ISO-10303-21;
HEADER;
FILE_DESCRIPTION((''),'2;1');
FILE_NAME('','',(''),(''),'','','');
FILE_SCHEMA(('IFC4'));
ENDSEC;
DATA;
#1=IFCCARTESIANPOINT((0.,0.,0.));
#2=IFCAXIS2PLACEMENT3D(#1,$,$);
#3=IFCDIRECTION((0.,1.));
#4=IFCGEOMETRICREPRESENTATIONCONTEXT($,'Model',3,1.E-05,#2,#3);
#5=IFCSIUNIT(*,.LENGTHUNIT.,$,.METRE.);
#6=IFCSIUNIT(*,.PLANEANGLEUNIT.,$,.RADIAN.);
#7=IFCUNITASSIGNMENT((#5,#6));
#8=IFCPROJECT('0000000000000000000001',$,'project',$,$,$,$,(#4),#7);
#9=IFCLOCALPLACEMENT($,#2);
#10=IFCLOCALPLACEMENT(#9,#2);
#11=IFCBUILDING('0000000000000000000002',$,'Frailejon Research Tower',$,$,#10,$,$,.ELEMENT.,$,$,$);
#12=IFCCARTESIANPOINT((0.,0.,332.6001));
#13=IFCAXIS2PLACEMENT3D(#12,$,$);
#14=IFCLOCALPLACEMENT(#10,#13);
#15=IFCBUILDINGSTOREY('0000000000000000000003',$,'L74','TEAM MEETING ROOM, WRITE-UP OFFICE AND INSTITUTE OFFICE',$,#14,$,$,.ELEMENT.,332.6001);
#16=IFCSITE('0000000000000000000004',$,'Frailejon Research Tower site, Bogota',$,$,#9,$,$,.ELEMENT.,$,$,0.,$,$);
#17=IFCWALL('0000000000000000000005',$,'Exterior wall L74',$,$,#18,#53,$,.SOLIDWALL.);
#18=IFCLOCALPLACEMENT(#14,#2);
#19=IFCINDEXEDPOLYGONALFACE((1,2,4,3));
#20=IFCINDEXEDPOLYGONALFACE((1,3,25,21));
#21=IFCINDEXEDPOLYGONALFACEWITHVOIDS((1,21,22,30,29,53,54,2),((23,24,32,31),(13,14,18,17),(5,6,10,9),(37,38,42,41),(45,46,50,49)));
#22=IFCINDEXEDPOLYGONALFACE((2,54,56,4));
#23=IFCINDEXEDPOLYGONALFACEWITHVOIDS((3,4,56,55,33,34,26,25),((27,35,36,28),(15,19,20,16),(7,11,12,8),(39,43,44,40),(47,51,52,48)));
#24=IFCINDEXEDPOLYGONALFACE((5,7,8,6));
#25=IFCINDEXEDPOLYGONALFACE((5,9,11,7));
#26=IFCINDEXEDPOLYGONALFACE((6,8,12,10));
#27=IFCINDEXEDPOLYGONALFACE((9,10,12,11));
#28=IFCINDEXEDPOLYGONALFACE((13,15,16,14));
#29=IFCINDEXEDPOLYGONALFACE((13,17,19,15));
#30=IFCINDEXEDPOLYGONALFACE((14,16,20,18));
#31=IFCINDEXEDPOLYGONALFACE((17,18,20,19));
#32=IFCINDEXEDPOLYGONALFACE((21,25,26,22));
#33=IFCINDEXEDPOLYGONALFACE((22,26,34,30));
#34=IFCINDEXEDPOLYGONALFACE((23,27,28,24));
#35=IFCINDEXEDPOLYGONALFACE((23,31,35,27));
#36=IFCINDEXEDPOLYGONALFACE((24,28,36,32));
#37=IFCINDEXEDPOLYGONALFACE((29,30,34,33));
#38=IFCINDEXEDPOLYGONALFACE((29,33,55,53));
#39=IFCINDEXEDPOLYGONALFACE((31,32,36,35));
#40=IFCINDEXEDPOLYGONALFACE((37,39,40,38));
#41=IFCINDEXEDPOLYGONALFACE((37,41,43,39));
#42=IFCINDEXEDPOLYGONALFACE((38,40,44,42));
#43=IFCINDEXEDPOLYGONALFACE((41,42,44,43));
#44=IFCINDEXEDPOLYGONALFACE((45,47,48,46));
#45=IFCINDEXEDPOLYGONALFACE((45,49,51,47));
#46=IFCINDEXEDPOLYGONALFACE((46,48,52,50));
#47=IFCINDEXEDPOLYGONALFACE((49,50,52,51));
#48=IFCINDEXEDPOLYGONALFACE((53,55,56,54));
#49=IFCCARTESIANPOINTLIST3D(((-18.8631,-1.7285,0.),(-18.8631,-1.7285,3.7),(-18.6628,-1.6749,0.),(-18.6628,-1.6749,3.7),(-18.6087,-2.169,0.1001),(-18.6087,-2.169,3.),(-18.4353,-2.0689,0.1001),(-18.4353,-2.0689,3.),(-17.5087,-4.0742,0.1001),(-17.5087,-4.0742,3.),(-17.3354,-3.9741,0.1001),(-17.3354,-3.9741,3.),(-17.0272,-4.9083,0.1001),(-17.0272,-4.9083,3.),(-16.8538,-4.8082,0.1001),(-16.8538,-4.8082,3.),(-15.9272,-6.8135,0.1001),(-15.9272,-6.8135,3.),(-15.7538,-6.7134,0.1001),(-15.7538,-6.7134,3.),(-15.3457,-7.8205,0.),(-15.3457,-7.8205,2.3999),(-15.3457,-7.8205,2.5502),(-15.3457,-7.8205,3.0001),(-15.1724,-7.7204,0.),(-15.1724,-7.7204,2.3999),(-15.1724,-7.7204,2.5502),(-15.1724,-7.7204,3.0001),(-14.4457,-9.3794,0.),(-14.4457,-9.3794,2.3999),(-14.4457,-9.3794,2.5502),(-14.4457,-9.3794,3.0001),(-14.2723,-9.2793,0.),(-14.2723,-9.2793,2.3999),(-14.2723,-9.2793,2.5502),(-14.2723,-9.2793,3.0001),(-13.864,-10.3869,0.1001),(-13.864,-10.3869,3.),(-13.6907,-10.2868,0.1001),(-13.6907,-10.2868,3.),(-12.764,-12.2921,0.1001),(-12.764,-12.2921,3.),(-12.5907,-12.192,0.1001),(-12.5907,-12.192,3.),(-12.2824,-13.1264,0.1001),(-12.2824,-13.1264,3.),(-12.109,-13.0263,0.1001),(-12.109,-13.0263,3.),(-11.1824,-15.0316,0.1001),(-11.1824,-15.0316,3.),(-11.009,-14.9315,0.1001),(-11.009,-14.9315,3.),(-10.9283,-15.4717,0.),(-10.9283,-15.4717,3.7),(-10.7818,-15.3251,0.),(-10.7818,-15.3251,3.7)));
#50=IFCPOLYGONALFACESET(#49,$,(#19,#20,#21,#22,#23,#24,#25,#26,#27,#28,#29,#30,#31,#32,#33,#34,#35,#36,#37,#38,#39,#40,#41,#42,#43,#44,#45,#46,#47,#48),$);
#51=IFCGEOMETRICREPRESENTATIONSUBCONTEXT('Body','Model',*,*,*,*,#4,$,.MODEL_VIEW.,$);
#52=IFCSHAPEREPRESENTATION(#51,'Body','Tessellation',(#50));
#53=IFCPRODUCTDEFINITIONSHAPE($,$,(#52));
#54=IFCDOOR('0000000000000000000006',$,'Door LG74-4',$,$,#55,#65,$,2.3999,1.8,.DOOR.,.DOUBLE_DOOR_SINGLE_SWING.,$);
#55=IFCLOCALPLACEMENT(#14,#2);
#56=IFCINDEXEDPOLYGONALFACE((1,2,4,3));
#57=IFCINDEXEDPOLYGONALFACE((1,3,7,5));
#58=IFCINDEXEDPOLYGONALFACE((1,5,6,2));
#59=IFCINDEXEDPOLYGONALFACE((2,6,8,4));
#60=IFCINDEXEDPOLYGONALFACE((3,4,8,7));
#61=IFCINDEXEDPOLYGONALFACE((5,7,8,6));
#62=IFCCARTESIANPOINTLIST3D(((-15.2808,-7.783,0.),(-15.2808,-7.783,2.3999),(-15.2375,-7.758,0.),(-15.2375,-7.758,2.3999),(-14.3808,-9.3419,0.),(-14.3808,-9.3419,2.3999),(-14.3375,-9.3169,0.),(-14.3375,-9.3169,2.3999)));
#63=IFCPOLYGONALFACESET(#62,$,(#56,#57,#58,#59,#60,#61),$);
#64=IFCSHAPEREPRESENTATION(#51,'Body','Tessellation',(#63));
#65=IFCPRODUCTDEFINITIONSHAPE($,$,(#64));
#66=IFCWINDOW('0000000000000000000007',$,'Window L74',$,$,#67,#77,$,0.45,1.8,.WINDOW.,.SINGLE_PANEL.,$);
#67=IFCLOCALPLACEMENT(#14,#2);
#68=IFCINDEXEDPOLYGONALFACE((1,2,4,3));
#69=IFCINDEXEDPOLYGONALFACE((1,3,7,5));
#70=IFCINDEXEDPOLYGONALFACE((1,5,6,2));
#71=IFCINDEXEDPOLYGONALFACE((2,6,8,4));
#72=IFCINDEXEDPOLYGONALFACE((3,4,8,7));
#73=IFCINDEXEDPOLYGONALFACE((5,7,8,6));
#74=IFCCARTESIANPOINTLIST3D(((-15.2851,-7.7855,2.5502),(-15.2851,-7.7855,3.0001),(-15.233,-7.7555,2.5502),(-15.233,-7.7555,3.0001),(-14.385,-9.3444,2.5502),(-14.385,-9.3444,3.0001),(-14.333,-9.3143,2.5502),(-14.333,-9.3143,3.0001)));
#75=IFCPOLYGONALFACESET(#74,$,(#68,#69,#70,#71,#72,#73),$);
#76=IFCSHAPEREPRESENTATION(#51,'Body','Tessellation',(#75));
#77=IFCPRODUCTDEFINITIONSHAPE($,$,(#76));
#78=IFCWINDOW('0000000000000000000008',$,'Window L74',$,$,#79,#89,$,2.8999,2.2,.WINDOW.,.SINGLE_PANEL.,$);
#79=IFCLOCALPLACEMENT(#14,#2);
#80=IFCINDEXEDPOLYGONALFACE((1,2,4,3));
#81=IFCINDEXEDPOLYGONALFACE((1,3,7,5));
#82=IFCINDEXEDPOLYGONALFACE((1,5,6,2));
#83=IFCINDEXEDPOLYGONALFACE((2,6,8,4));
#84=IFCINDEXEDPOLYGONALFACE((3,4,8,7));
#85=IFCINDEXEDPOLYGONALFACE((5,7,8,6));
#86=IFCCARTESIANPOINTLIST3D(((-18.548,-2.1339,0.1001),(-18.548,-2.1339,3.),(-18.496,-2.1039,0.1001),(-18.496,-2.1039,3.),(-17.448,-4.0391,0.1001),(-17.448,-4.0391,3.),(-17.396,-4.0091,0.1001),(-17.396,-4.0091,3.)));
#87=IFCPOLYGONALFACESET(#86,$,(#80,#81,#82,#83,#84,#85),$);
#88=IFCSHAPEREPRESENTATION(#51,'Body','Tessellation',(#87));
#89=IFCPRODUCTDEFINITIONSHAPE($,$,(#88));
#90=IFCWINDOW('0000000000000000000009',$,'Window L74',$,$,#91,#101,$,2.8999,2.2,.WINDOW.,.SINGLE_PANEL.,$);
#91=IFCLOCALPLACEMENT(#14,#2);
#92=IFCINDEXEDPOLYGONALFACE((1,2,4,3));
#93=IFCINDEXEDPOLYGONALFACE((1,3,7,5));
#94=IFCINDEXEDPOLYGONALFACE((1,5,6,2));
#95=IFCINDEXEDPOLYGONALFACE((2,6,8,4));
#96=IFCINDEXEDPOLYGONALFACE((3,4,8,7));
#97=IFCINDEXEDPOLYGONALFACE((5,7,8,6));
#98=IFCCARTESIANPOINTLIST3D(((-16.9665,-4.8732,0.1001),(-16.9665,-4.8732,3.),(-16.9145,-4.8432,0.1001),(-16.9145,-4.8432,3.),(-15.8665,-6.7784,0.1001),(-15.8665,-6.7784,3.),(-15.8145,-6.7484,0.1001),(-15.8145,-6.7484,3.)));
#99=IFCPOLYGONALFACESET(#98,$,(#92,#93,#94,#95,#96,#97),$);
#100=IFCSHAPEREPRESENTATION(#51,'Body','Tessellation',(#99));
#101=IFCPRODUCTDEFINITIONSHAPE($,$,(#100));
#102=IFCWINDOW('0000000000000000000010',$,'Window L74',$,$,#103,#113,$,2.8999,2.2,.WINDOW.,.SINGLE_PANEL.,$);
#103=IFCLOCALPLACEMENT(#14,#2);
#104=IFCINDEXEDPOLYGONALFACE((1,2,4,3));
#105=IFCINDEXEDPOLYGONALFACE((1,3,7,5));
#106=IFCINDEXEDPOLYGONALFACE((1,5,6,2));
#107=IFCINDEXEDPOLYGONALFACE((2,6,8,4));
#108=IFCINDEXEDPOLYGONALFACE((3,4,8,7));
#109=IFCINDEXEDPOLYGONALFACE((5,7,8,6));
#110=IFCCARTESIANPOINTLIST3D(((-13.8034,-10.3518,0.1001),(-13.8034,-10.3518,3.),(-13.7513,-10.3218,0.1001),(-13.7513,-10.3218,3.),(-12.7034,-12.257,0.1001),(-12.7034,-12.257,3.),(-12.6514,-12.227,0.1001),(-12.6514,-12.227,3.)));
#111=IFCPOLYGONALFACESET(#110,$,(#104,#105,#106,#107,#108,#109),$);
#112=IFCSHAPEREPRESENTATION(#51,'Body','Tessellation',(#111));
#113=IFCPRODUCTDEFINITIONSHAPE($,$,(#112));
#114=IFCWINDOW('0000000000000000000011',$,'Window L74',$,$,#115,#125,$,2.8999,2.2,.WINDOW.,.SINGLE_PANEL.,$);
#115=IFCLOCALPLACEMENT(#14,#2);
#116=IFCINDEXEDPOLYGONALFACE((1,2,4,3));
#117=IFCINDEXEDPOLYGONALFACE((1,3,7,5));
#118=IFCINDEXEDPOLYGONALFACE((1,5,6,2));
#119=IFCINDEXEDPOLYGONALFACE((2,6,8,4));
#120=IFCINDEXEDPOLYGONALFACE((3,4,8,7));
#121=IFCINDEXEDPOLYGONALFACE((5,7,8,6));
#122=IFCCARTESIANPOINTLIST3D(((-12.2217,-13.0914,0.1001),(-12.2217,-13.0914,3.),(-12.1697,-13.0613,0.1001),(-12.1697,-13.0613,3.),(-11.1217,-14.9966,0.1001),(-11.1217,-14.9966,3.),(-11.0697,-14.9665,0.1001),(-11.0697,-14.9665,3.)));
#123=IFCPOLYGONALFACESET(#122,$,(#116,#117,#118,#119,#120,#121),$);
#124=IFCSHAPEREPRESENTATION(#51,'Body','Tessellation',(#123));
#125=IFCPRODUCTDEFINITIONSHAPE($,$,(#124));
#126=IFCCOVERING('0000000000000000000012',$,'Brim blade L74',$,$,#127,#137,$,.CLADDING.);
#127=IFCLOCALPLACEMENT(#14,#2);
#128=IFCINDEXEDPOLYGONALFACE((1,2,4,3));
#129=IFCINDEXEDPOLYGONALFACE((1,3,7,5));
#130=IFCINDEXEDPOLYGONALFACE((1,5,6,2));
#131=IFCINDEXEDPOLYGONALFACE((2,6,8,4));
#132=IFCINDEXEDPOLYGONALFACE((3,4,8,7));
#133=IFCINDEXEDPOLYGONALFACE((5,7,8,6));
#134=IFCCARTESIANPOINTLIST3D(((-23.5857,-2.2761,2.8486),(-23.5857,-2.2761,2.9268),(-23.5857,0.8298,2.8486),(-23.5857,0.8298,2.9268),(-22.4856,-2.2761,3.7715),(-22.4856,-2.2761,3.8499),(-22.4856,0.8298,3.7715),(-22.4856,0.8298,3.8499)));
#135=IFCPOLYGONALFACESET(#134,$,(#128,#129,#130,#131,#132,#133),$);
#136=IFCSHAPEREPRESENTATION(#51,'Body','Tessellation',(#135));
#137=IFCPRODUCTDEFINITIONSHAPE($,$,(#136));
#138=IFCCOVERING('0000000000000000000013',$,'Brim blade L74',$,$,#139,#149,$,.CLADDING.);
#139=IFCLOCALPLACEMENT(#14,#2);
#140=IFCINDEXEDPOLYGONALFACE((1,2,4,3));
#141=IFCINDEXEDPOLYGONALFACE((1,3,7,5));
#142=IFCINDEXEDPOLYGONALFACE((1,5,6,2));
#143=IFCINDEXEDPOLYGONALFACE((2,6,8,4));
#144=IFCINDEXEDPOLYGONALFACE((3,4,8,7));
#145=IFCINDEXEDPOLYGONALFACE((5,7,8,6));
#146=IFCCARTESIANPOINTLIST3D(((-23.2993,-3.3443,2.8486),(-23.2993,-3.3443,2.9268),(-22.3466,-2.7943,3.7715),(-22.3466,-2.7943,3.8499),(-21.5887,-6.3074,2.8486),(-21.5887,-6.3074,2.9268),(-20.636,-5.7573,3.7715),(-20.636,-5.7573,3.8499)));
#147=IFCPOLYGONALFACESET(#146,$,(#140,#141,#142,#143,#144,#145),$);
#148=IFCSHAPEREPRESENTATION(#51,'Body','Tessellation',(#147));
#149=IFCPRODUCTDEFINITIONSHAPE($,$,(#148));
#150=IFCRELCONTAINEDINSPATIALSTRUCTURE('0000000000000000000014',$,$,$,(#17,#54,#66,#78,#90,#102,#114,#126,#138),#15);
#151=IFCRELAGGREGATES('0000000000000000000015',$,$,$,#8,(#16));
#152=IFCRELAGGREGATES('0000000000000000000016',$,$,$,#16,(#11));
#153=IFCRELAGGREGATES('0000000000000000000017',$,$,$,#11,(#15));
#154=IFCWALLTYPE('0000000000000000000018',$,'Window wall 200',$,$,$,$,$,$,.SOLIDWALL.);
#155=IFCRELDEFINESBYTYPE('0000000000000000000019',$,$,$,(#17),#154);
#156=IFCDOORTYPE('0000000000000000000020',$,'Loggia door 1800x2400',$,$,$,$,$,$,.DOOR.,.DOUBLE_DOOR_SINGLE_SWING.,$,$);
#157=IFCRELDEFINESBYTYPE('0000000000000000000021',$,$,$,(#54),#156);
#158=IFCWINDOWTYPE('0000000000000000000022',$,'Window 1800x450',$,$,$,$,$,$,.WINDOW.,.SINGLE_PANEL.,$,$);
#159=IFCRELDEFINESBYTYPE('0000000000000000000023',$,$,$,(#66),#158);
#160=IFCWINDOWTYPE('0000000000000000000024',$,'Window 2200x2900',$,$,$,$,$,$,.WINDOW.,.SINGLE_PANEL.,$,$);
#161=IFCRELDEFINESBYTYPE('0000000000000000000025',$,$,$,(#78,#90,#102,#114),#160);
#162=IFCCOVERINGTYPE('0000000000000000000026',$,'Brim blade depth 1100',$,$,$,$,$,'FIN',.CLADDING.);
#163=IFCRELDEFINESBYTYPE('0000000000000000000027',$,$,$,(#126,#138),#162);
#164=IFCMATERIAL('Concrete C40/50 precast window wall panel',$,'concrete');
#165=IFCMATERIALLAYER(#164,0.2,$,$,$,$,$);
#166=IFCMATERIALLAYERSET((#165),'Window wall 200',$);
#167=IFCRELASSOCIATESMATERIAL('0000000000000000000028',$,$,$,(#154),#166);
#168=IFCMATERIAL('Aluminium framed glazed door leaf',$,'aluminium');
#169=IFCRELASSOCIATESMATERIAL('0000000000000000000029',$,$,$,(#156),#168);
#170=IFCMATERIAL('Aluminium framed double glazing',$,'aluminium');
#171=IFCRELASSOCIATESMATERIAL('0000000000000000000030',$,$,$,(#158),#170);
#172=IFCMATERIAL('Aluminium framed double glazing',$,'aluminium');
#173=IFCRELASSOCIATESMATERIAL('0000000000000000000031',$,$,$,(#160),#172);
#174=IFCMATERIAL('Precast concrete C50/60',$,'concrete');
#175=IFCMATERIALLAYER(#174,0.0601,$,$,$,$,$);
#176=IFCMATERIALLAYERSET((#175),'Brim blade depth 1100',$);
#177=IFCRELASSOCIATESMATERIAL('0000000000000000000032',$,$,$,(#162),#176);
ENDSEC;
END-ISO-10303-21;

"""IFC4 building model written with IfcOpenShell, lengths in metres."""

from ifc_helpers import new_model, si_unit, direction, frame, frame_2d, origin, place, context, subcontext, project, spatial, polyline, rectangle, outline, extrude, material, layer, layer_set, type_object, element, fill, save


model = new_model("IFC4")

# Units and contexts
model_context = context("Model", 3, precision=1e-05, world=origin(), true_north=direction((0.0, 1.0)))
body_context = subcontext(model_context, "Body", "Model", "MODEL_VIEW")
ifc_project = project(units=[si_unit("LENGTHUNIT", "METRE"), si_unit("PLANEANGLEUNIT", "RADIAN")], contexts=[model_context])

# Site, building, storey
site_placement = place(None, origin())
site = spatial("IfcSite", under=ifc_project, at=site_placement, Name="Frailejon Research Tower site, Bogota", CompositionType="ELEMENT", RefElevation=0.0)
building_placement = place(site_placement, origin())
building = spatial("IfcBuilding", under=site, at=building_placement, Name="Frailejon Research Tower", CompositionType="ELEMENT")
storey_placement = place(building_placement, frame((0.0, 0.0, 332.6001)))
storey = spatial("IfcBuildingStorey", under=building, at=storey_placement, Name="L74", Description="TEAM MEETING ROOM, WRITE-UP OFFICE AND INSTITUTE OFFICE", CompositionType="ELEMENT", Elevation=332.6001)

# Wall, openings, door, windows
ifc_material_1 = material(Name="Concrete C40/50 precast window wall panel", Category="concrete")
ifc_layer_1 = layer(ifc_material_1, 0.2)
ifc_layer_set_1 = layer_set([ifc_layer_1], Name="Window wall 200")
wall_type_1 = type_object("IfcWallType", Name="Window wall 200", PredefinedType="SOLIDWALL", material=ifc_layer_set_1)
wall_1_placement = place(storey_placement, frame((-18.7629, -1.7017, 0.0), z_axis=(0.0, 0.0, 1.0), x_axis=(0.500006, -0.866022, 0.0)))
wall_1 = element("IfcWall", 1, at=wall_1_placement, inside=storey, type_object=wall_type_1, Name="Exterior wall L74", PredefinedType="SOLIDWALL", context=body_context, shape_type="SweptSolid", body=[
    extrude(outline(polyline([(-0.0269, -0.1001), (1.031, -0.1001), (2.0891, -0.1001), (3.147, -0.1001), (4.2051, -0.1001), (5.2629, -0.1001), (6.3208, -0.1001), (7.3789, -0.1001), (8.4368, -0.1001), (9.4949, -0.1001), (10.5527, -0.1001), (11.6106, -0.1001), (12.6687, -0.1001), (13.7266, -0.1001), (14.7847, -0.1001), (15.8425, -0.1001), (15.7888, 0.1001), (14.738, 0.1001), (13.6873, 0.1001), (12.6365, 0.1001), (11.5857, 0.1001), (10.5349, 0.1001), (9.4841, 0.1001), (8.4333, 0.1001), (7.3823, 0.1001), (6.3315, 0.1001), (5.2808, 0.1001), (4.23, 0.1001), (3.1792, 0.1001), (2.1284, 0.1001), (1.0776, 0.1001), (0.0269, 0.1001), (-0.0269, -0.1001)])), origin(), (0.0, 0.0, 1.0), 3.7),
])
opening_1_placement = place(wall_1_placement, frame((0.4817, 0.0, 0.1001)))
opening_1 = element("IfcOpeningElement", 2, at=opening_1_placement, cuts=wall_1, PredefinedType="OPENING", context=body_context, shape_type="SweptSolid", body=[
    extrude(rectangle(XDim=2.2, YDim=2.8999, at=frame_2d((1.1001, 1.45))), frame((0.0, 0.1099, 0.0), z_axis=(0.0, -1.0, 0.0), x_axis=(1.0, 0.0, 0.0)), (0.0, 0.0, 1.0), 0.22),
])
opening_2_placement = place(wall_1_placement, frame((3.6448, 0.0, 0.1001)))
opening_2 = element("IfcOpeningElement", 3, at=opening_2_placement, cuts=wall_1, PredefinedType="OPENING", context=body_context, shape_type="SweptSolid", body=[
    extrude(rectangle(XDim=2.2, YDim=2.8999, at=frame_2d((1.1001, 1.45))), frame((0.0, 0.1099, 0.0), z_axis=(0.0, -1.0, 0.0), x_axis=(1.0, 0.0, 0.0)), (0.0, 0.0, 1.0), 0.22),
])
opening_3_placement = place(wall_1_placement, frame((7.0078, 0.0, 0.0)))
opening_3 = element("IfcOpeningElement", 4, at=opening_3_placement, cuts=wall_1, PredefinedType="OPENING", context=body_context, shape_type="SweptSolid", body=[
    extrude(rectangle(XDim=1.8, YDim=2.3999, at=frame_2d((0.8999, 1.2))), frame((0.0, 0.1099, 0.0), z_axis=(0.0, -1.0, 0.0), x_axis=(1.0, 0.0, 0.0)), (0.0, 0.0, 1.0), 0.22),
])
opening_4_placement = place(wall_1_placement, frame((7.0078, 0.0, 2.55)))
opening_4 = element("IfcOpeningElement", 5, at=opening_4_placement, cuts=wall_1, PredefinedType="OPENING", context=body_context, shape_type="SweptSolid", body=[
    extrude(rectangle(XDim=1.8, YDim=0.45, at=frame_2d((0.8999, 0.2251))), frame((0.0, 0.1099, 0.0), z_axis=(0.0, -1.0, 0.0), x_axis=(1.0, 0.0, 0.0)), (0.0, 0.0, 1.0), 0.22),
])
opening_5_placement = place(wall_1_placement, frame((9.9709, 0.0, 0.1001)))
opening_5 = element("IfcOpeningElement", 6, at=opening_5_placement, cuts=wall_1, PredefinedType="OPENING", context=body_context, shape_type="SweptSolid", body=[
    extrude(rectangle(XDim=2.2, YDim=2.8999, at=frame_2d((1.1001, 1.45))), frame((0.0, 0.1099, 0.0), z_axis=(0.0, -1.0, 0.0), x_axis=(1.0, 0.0, 0.0)), (0.0, 0.0, 1.0), 0.22),
])
opening_6_placement = place(wall_1_placement, frame((13.1343, 0.0, 0.1001)))
opening_6 = element("IfcOpeningElement", 7, at=opening_6_placement, cuts=wall_1, PredefinedType="OPENING", context=body_context, shape_type="SweptSolid", body=[
    extrude(rectangle(XDim=2.2, YDim=2.8999, at=frame_2d((1.1001, 1.45))), frame((0.0, 0.1099, 0.0), z_axis=(0.0, -1.0, 0.0), x_axis=(1.0, 0.0, 0.0)), (0.0, 0.0, 1.0), 0.22),
])
ifc_material_2 = material(Name="Aluminium framed glazed door leaf", Category="aluminium")
door_type = type_object("IfcDoorType", Name="Loggia door 1800x2400", OperationType="DOUBLE_DOOR_SINGLE_SWING", PredefinedType="DOOR", material=ifc_material_2)
door_placement = place(opening_3_placement, origin())
door = element("IfcDoor", 8, at=door_placement, inside=storey, type_object=door_type, Name="Door LG74-4", OperationType="DOUBLE_DOOR_SINGLE_SWING", OverallHeight=2.3999, OverallWidth=1.8, PredefinedType="DOOR", context=body_context, shape_type="SweptSolid", body=[
    extrude(rectangle(XDim=1.8, YDim=2.3999, at=frame_2d((0.8999, 1.2))), frame((0.0, 0.0249, 0.0), z_axis=(0.0, -1.0, 0.0), x_axis=(1.0, 0.0, 0.0)), (0.0, 0.0, 1.0), 0.05),
])
fill(opening_3, door)
ifc_material_3 = material(Name="Aluminium framed double glazing", Category="aluminium")
window_type_1 = type_object("IfcWindowType", Name="Window 1800x450", PartitioningType="SINGLE_PANEL", PredefinedType="WINDOW", material=ifc_material_3)
window_1_placement = place(opening_4_placement, origin())
window_1 = element("IfcWindow", 9, at=window_1_placement, inside=storey, type_object=window_type_1, Name="Window L74", OverallHeight=0.45, OverallWidth=1.8, PartitioningType="SINGLE_PANEL", PredefinedType="WINDOW", context=body_context, shape_type="SweptSolid", body=[
    extrude(rectangle(XDim=1.8, YDim=0.45, at=frame_2d((0.8999, 0.2251))), frame((0.0, 0.03, 0.0), z_axis=(0.0, -1.0, 0.0), x_axis=(1.0, 0.0, 0.0)), (0.0, 0.0, 1.0), 0.0601),
])
fill(opening_4, window_1)
ifc_material_4 = material(Name="Aluminium framed double glazing", Category="aluminium")
window_type_2 = type_object("IfcWindowType", Name="Window 2200x2900", PartitioningType="SINGLE_PANEL", PredefinedType="WINDOW", material=ifc_material_4)
window_2_placement = place(opening_1_placement, origin())
window_2 = element("IfcWindow", 10, at=window_2_placement, inside=storey, type_object=window_type_2, Name="Window L74", OverallHeight=2.8999, OverallWidth=2.2, PartitioningType="SINGLE_PANEL", PredefinedType="WINDOW", context=body_context, shape_type="SweptSolid", body=[
    extrude(rectangle(XDim=2.2, YDim=2.8999, at=frame_2d((1.1001, 1.45))), frame((0.0, 0.03, 0.0), z_axis=(0.0, -1.0, 0.0), x_axis=(1.0, 0.0, 0.0)), (0.0, 0.0, 1.0), 0.0601),
])
fill(opening_1, window_2)
window_3_placement = place(opening_2_placement, origin())
window_3 = element("IfcWindow", 11, at=window_3_placement, inside=storey, type_object=window_type_2, Name="Window L74", OverallHeight=2.8999, OverallWidth=2.2, PartitioningType="SINGLE_PANEL", PredefinedType="WINDOW", context=body_context, shape_type="SweptSolid", body=[
    extrude(rectangle(XDim=2.2, YDim=2.8999, at=frame_2d((1.1001, 1.45))), frame((0.0, 0.03, 0.0), z_axis=(0.0, -1.0, 0.0), x_axis=(1.0, 0.0, 0.0)), (0.0, 0.0, 1.0), 0.0601),
])
fill(opening_2, window_3)
window_4_placement = place(opening_5_placement, origin())
window_4 = element("IfcWindow", 12, at=window_4_placement, inside=storey, type_object=window_type_2, Name="Window L74", OverallHeight=2.8999, OverallWidth=2.2, PartitioningType="SINGLE_PANEL", PredefinedType="WINDOW", context=body_context, shape_type="SweptSolid", body=[
    extrude(rectangle(XDim=2.2, YDim=2.8999, at=frame_2d((1.1001, 1.45))), frame((0.0, 0.03, 0.0), z_axis=(0.0, -1.0, 0.0), x_axis=(1.0, 0.0, 0.0)), (0.0, 0.0, 1.0), 0.0601),
])
fill(opening_5, window_4)
window_5_placement = place(opening_6_placement, origin())
window_5 = element("IfcWindow", 13, at=window_5_placement, inside=storey, type_object=window_type_2, Name="Window L74", OverallHeight=2.8999, OverallWidth=2.2, PartitioningType="SINGLE_PANEL", PredefinedType="WINDOW", context=body_context, shape_type="SweptSolid", body=[
    extrude(rectangle(XDim=2.2, YDim=2.8999, at=frame_2d((1.1001, 1.45))), frame((0.0, 0.03, 0.0), z_axis=(0.0, -1.0, 0.0), x_axis=(1.0, 0.0, 0.0)), (0.0, 0.0, 1.0), 0.0601),
])
fill(opening_6, window_5)

# Coverings
ifc_material_5 = material(Name="Precast concrete C50/60", Category="concrete")
ifc_layer_2 = layer(ifc_material_5, 0.0601)
ifc_layer_set_2 = layer_set([ifc_layer_2], Name="Brim blade depth 1100")
covering_type_1 = type_object("IfcCoveringType", Name="Brim blade depth 1100", ElementType="FIN", PredefinedType="CLADDING", material=ifc_layer_set_2)
covering_1_placement = place(storey_placement, frame((-22.4856, -2.2761, 3.8499), z_axis=(0.0, 1.0, 0.0), x_axis=(-1.0, 0.0, 0.0)))
element("IfcCovering", 14, at=covering_1_placement, inside=storey, type_object=covering_type_1, Name="Brim blade L74", PredefinedType="CLADDING", context=body_context, shape_type="SweptSolid", body=[
    extrude(outline(polyline([(0.0, -0.0784), (1.1001, -1.0012), (1.1001, -0.9231), (0.0, 0.0), (0.0, -0.0784)])), origin(), (0.0, 0.0, 1.0), 3.106),
])
covering_2_placement = place(storey_placement, frame((-20.636, -5.7573, 3.8499), z_axis=(-0.499981, 0.866036, 0.0), x_axis=(-0.866036, -0.499981, 0.0)))
element("IfcCovering", 15, at=covering_2_placement, inside=storey, type_object=covering_type_1, Name="Brim blade L74", PredefinedType="CLADDING", context=body_context, shape_type="SweptSolid", body=[
    extrude(outline(polyline([(0.0, -0.0784), (1.1001, -1.0012), (1.1001, -0.9231), (0.0, 0.0), (0.0, -0.0784)])), origin(), (0.0, 0.0, 1.0), 3.4214),
])

save(model, "model.ifc")
